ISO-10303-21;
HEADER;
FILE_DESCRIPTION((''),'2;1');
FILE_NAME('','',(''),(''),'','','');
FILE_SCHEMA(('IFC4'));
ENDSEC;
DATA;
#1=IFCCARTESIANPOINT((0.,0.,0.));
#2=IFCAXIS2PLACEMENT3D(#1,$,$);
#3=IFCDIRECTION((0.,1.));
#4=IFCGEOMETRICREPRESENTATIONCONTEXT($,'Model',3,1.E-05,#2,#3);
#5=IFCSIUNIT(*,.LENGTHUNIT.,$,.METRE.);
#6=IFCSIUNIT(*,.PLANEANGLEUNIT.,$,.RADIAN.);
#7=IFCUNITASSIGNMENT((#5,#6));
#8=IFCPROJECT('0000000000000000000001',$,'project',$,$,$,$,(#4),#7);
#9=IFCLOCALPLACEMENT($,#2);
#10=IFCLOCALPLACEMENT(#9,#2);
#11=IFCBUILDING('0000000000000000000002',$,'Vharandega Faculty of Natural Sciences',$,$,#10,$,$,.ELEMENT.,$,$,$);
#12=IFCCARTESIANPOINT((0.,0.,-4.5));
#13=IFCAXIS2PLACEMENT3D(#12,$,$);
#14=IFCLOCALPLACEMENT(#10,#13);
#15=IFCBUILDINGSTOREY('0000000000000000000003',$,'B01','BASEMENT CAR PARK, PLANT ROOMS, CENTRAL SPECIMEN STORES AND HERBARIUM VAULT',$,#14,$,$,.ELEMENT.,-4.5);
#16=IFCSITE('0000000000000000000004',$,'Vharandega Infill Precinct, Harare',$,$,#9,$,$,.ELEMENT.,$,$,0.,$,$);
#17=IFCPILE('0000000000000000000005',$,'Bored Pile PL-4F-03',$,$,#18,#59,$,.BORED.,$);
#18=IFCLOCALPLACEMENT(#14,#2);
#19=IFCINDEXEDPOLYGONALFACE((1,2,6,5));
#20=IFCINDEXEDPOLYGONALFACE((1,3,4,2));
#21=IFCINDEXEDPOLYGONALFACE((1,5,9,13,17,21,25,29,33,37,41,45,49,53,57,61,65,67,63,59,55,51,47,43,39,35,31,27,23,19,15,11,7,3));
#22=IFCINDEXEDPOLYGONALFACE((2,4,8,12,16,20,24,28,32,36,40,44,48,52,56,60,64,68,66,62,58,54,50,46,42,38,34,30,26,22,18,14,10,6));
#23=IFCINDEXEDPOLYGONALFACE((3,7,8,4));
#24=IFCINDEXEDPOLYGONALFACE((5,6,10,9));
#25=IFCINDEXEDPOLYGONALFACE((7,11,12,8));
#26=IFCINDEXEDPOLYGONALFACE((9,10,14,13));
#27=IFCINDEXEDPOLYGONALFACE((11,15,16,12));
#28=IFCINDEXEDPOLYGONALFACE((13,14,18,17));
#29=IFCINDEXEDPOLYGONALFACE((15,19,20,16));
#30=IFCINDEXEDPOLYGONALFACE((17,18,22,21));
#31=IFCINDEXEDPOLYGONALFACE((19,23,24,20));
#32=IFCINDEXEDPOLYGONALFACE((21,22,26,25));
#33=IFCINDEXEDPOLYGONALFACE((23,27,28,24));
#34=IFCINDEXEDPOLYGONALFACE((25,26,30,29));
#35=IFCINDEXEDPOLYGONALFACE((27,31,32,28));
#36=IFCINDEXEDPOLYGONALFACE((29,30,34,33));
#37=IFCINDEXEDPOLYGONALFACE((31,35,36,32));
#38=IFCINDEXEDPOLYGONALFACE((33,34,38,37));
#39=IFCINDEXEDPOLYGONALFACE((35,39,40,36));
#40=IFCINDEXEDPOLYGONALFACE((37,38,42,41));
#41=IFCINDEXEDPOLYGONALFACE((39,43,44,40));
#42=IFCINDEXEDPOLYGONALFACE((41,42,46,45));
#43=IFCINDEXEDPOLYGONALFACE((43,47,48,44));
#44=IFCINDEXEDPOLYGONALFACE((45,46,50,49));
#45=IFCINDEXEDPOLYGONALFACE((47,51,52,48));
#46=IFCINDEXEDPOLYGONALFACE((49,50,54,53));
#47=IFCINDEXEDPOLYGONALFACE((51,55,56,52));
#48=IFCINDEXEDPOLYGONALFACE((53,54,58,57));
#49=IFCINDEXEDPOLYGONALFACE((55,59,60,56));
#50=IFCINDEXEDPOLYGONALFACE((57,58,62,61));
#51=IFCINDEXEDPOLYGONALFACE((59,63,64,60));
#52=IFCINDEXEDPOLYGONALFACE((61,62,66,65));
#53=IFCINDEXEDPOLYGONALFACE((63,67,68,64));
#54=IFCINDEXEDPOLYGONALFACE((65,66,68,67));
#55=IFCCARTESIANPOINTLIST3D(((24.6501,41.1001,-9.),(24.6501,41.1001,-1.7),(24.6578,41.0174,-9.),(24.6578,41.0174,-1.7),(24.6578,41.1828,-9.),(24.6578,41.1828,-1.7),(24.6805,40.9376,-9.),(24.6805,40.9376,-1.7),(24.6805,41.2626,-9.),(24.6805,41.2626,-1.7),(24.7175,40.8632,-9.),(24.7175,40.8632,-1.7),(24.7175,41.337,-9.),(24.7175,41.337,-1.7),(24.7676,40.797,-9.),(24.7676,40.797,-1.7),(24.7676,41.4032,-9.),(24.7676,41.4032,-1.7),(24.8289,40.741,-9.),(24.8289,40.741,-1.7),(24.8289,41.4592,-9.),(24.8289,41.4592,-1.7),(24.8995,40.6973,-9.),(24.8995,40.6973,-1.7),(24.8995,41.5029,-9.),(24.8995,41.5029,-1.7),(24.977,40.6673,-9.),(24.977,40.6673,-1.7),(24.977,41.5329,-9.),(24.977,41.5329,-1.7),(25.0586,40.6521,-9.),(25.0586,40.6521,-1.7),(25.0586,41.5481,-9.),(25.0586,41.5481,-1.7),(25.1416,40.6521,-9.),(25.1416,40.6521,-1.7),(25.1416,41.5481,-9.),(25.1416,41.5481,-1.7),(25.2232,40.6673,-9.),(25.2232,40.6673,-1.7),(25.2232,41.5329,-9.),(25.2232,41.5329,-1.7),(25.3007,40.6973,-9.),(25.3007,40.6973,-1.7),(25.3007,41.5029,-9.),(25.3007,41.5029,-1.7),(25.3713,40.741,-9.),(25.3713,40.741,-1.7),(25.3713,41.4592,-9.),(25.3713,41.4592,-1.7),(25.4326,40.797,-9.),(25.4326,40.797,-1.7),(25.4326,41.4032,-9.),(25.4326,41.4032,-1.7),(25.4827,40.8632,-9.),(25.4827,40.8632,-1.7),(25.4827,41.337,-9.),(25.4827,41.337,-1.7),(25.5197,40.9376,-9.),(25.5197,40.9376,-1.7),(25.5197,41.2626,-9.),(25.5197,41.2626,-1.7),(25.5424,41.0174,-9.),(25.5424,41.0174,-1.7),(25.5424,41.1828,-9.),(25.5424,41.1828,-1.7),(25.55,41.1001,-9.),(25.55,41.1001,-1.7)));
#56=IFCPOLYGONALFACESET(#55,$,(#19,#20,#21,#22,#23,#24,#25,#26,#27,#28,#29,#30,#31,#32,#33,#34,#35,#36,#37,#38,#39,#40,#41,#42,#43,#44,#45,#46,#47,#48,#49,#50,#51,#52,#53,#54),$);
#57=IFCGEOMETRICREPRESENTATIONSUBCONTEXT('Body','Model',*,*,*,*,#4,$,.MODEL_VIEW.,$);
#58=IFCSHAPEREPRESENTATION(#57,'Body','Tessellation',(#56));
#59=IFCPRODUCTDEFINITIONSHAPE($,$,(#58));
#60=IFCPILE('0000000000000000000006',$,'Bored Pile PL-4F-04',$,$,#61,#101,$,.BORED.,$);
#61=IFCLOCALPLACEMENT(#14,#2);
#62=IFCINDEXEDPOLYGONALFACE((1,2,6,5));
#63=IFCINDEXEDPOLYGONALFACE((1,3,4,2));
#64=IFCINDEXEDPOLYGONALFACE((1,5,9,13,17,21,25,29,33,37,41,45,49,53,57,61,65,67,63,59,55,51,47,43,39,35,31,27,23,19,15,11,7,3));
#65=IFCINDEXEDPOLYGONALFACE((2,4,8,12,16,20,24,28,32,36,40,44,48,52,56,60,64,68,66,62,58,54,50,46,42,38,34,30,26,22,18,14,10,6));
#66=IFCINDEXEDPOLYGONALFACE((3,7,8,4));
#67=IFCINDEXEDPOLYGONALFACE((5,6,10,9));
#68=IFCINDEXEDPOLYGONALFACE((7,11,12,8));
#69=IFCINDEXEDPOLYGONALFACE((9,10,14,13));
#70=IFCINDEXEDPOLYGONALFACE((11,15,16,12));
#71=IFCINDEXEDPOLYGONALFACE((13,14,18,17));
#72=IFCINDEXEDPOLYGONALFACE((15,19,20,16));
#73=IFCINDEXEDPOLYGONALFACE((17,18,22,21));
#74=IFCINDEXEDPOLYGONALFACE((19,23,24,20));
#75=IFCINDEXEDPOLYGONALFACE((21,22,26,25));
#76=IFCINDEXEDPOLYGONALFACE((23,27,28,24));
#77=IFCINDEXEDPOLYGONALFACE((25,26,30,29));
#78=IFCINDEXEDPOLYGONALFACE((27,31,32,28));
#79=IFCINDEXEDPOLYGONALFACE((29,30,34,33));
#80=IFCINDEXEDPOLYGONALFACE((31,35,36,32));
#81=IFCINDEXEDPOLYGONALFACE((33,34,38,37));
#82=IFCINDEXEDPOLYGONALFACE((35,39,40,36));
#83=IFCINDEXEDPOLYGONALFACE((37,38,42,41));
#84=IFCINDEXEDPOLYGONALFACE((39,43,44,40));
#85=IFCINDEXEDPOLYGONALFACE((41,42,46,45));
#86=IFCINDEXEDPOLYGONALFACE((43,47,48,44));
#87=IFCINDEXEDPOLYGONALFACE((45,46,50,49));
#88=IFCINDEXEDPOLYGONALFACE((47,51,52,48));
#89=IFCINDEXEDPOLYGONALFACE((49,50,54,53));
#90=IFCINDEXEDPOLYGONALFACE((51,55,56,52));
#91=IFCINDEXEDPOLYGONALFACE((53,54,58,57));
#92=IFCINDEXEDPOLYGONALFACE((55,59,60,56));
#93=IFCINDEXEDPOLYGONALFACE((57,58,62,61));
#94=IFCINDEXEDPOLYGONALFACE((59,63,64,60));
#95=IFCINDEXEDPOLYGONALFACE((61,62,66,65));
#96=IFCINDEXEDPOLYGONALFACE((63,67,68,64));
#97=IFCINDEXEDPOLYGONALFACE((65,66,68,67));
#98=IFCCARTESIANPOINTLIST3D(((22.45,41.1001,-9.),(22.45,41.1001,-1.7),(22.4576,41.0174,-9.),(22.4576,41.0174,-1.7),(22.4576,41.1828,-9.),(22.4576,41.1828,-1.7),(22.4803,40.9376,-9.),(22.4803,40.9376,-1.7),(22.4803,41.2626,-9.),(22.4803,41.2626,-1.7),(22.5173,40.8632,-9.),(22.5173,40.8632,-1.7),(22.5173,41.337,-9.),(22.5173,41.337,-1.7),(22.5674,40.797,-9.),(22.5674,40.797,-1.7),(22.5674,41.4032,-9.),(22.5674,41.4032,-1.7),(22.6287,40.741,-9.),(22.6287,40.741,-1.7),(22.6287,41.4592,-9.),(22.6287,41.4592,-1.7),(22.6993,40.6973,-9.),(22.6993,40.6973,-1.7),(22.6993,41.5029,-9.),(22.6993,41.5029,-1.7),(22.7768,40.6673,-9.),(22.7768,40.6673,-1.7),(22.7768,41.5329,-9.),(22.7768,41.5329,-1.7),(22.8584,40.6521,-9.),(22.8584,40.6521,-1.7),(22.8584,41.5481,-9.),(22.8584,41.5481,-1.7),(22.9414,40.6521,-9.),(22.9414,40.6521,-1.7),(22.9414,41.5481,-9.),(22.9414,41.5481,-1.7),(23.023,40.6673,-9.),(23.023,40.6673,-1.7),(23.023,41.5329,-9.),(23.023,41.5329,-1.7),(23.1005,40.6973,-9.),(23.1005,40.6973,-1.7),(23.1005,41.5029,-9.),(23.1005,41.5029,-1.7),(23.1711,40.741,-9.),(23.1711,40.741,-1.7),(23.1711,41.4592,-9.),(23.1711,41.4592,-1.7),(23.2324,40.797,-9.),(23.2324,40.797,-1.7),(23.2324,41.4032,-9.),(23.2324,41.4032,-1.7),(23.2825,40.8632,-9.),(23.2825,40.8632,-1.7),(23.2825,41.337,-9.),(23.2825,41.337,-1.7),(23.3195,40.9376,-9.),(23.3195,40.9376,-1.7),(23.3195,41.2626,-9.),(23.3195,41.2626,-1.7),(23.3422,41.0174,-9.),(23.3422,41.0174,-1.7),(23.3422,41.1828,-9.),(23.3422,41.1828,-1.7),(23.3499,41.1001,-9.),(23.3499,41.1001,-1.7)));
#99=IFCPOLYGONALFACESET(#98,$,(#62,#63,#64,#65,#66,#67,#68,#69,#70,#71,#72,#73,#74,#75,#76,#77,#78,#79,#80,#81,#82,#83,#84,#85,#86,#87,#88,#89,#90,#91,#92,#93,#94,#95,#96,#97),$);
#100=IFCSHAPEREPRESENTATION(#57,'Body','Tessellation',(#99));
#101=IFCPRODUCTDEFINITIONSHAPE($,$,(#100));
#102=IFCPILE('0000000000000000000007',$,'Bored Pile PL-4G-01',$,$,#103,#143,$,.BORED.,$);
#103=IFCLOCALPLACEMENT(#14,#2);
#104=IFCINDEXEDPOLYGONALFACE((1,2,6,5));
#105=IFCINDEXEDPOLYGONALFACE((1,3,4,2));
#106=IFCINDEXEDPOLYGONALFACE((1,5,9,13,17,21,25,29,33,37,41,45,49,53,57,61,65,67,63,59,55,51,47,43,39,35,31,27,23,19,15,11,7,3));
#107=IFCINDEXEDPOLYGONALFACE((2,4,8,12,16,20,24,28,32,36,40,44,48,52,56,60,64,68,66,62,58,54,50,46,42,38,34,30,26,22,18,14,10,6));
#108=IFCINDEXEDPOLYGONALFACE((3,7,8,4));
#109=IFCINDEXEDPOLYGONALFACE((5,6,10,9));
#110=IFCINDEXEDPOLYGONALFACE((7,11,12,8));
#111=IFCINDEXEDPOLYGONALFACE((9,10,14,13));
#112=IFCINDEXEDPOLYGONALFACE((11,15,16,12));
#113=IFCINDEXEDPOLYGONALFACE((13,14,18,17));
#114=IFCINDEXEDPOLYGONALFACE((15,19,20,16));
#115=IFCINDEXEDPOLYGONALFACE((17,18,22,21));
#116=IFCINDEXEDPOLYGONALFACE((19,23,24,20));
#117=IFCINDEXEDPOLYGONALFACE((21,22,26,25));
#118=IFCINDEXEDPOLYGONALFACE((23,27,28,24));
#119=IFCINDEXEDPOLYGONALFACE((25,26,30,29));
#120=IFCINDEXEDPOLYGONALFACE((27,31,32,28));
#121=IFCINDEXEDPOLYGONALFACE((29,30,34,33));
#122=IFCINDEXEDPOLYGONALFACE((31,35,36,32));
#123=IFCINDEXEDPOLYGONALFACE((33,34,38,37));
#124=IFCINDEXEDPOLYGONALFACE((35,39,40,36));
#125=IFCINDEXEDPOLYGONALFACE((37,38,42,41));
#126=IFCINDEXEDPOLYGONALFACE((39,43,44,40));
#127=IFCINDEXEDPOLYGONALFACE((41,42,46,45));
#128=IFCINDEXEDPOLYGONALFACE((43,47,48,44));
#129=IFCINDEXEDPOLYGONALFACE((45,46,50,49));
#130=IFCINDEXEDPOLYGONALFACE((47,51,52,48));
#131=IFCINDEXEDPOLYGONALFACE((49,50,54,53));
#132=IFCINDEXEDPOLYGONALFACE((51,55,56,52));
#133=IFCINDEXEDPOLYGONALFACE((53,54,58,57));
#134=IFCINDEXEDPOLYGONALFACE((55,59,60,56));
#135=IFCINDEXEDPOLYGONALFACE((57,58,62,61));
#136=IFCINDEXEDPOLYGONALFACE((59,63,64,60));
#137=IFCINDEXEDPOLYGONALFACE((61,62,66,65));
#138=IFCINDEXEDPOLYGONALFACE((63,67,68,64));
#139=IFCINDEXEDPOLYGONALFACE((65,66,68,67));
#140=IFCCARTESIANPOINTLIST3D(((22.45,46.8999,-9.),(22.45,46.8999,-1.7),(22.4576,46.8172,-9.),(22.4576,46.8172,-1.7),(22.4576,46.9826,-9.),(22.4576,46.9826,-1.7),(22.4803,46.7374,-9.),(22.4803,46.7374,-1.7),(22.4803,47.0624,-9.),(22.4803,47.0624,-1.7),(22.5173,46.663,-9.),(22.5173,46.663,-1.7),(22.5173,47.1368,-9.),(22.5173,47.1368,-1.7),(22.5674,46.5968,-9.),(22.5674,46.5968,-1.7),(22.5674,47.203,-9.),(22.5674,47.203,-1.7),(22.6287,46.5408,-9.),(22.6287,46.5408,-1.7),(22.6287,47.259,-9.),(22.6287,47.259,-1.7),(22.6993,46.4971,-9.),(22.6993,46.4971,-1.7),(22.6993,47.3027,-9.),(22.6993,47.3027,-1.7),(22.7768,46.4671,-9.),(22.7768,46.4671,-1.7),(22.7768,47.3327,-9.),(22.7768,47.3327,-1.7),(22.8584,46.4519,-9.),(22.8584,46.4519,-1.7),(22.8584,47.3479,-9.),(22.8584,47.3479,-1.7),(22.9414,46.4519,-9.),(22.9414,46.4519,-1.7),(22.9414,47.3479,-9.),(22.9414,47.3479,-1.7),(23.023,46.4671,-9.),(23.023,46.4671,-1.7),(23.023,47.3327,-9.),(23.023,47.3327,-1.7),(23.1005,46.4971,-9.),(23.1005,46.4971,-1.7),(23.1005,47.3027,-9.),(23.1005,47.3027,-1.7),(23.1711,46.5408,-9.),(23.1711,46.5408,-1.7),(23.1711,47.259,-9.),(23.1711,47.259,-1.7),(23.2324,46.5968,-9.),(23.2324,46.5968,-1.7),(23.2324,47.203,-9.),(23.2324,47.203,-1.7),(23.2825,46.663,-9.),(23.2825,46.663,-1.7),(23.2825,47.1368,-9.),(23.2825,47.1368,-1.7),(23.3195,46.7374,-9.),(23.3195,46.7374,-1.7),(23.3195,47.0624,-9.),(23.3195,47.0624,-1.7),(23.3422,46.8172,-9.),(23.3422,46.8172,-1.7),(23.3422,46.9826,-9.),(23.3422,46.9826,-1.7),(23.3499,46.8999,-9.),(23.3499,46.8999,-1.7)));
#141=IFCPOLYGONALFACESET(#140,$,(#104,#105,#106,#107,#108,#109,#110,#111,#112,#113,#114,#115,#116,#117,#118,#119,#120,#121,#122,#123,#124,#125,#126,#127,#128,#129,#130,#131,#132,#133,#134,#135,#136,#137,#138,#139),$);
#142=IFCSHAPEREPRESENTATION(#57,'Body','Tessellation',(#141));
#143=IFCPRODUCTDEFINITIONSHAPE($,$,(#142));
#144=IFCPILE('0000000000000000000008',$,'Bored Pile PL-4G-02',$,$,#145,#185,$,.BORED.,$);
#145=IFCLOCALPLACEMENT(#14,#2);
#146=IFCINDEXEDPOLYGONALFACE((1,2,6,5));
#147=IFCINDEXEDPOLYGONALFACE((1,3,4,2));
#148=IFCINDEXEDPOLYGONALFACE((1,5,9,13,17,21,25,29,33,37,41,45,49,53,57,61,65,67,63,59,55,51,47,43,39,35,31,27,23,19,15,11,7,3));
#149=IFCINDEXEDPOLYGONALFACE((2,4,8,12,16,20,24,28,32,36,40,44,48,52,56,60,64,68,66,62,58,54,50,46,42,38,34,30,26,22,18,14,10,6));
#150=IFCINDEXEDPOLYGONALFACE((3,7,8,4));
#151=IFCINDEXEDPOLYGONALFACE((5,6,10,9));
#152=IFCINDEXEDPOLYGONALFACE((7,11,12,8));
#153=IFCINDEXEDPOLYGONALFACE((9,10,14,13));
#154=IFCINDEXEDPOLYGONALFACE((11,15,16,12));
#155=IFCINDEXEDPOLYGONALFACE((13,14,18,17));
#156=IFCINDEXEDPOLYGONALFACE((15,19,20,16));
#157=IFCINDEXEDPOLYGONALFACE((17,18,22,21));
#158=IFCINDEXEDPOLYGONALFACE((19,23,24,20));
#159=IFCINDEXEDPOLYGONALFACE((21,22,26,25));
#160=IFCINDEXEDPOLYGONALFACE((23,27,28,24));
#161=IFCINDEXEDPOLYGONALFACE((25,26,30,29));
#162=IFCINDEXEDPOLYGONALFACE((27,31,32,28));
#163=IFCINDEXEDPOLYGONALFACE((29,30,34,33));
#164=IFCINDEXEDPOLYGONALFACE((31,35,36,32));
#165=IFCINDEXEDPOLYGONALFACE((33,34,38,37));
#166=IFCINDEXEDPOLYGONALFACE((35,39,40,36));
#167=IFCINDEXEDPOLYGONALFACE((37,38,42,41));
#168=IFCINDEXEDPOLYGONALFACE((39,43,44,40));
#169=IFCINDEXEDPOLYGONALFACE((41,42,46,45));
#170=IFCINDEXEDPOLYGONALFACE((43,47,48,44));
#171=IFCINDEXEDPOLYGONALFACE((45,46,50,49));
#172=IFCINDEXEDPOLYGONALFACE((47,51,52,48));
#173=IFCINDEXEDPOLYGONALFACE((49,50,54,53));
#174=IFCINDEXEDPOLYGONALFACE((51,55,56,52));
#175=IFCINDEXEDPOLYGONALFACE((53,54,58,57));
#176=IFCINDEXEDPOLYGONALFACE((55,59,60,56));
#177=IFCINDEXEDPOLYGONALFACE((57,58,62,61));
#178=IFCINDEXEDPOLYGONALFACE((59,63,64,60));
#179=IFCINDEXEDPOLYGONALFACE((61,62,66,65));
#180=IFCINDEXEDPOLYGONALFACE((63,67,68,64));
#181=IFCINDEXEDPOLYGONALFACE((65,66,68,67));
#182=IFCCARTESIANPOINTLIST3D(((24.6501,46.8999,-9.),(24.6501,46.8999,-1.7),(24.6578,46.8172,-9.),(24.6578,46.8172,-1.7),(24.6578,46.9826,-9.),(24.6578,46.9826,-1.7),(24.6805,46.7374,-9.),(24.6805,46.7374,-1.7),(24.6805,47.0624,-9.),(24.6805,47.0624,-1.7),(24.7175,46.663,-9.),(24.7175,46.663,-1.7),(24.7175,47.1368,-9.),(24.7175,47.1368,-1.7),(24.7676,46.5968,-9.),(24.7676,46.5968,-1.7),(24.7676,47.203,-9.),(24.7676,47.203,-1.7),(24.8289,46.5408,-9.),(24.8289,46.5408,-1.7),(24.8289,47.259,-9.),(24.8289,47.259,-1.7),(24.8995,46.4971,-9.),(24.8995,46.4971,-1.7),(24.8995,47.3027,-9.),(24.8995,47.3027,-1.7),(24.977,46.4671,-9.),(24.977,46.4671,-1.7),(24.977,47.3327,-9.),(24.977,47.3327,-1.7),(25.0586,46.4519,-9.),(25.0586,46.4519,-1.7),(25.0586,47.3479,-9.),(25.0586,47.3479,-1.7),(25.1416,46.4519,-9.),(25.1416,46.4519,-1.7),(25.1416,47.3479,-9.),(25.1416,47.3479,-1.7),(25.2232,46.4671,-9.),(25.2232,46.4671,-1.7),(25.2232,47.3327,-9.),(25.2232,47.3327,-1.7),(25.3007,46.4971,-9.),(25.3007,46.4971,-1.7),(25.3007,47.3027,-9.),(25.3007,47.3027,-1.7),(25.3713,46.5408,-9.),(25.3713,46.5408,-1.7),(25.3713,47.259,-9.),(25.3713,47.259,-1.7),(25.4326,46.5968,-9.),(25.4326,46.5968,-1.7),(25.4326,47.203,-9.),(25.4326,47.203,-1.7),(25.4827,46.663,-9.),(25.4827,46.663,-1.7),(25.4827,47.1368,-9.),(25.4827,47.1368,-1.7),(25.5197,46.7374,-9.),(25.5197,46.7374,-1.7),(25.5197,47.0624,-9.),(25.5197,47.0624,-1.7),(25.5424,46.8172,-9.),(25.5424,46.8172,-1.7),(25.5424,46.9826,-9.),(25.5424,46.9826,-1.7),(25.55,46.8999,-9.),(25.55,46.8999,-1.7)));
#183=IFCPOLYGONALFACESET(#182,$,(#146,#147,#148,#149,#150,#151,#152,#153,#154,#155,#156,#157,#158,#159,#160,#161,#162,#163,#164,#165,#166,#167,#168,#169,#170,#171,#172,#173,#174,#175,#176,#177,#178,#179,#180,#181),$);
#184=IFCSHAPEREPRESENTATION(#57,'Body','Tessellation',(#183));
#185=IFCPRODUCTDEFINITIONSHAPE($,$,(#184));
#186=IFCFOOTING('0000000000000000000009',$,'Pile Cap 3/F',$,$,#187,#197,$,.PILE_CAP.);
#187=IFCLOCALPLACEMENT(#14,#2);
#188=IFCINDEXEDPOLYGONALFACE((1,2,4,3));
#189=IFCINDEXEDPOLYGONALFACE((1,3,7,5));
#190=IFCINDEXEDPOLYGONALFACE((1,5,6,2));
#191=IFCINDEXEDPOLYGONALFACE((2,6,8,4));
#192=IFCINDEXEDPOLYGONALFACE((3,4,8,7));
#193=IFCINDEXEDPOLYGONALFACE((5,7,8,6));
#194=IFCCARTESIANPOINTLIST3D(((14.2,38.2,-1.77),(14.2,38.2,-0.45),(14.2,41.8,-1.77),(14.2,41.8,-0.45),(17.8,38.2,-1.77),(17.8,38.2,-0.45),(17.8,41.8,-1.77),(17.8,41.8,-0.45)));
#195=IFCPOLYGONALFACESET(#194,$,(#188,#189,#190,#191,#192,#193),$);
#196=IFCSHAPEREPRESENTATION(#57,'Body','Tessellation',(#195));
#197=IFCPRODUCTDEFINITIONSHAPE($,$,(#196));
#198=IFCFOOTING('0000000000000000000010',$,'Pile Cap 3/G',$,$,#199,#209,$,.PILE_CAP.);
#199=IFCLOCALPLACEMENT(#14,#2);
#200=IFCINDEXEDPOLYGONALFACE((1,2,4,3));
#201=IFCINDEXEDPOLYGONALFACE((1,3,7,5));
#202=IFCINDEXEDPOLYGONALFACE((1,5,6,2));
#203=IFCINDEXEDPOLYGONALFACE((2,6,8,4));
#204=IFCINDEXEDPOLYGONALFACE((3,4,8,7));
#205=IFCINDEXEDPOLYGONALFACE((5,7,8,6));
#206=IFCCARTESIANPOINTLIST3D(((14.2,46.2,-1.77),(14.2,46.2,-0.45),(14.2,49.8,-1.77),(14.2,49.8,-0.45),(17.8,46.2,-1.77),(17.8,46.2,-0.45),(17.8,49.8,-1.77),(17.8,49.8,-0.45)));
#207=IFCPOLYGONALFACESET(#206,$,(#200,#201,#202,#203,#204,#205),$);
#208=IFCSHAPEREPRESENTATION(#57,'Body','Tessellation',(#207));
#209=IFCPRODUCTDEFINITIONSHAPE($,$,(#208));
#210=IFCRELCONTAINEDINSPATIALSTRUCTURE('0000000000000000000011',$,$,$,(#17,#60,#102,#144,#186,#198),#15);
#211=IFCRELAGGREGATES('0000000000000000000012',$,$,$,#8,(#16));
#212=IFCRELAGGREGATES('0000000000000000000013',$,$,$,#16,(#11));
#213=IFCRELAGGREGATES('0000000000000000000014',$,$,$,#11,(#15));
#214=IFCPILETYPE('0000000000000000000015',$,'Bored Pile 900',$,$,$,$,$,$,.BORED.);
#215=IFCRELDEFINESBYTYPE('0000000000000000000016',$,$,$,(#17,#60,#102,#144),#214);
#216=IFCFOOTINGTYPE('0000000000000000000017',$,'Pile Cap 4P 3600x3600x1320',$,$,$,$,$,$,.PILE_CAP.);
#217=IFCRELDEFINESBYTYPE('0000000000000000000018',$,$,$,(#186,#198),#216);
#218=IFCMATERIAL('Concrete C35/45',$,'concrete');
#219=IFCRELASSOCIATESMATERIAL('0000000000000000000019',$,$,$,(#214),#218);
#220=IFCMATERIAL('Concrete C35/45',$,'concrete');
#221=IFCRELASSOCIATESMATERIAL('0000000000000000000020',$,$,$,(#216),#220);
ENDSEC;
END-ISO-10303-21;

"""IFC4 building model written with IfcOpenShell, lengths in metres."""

from ifc_helpers import new_model, si_unit, direction, frame, origin, origin_2d, place, context, subcontext, project, spatial, rectangle, circle, extrude, material, material_profile, profile_set, type_object, element, save


model = new_model("IFC4")

# Units and contexts
model_context = context("Model", 3, precision=1e-05, world=origin(), true_north=direction((0.0, 1.0)))
body_context = subcontext(model_context, "Body", "Model", "MODEL_VIEW")
ifc_project = project(units=[si_unit("LENGTHUNIT", "METRE"), si_unit("PLANEANGLEUNIT", "RADIAN")], contexts=[model_context])

# Site, building, storey
site_placement = place(None, origin())
site = spatial("IfcSite", under=ifc_project, at=site_placement, Name="Vharandega Infill Precinct, Harare", CompositionType="ELEMENT", RefElevation=0.0)
building_placement = place(site_placement, origin())
building = spatial("IfcBuilding", under=site, at=building_placement, Name="Vharandega Faculty of Natural Sciences", CompositionType="ELEMENT")
storey_placement = place(building_placement, frame((0.0, 0.0, -4.5)))
storey = spatial("IfcBuildingStorey", under=building, at=storey_placement, Name="B01", Description="BASEMENT CAR PARK, PLANT ROOMS, CENTRAL SPECIMEN STORES AND HERBARIUM VAULT", CompositionType="ELEMENT", Elevation=-4.5)

# Piles
ifc_material_1 = material(Name="Concrete C35/45", Category="concrete")
ifc_material_profile_1 = material_profile(ifc_material_1, circle(Radius=0.45, at=origin_2d()), Name="PILE 900")
ifc_profile_set_1 = profile_set([ifc_material_profile_1], Name="Concrete C35/45")
pile_type = type_object("IfcPileType", Name="Bored Pile 900", PredefinedType="BORED", material=ifc_profile_set_1)
for number, where, z_axis, x_axis, name in (
    (1, (25.1001, 41.1001, -1.7), (0.0, 0.0, -1.0), (1.0, 0.0, 0.0), "Bored Pile PL-4F-03"),
    (2, (22.8999, 41.1001, -1.7), (0.0, 0.0, -1.0), (1.0, 0.0, 0.0), "Bored Pile PL-4F-04"),
    (3, (22.8999, 46.8999, -1.7), (0.0, 0.0, -1.0), (1.0, 0.0, 0.0), "Bored Pile PL-4G-01"),
    (4, (25.1001, 46.8999, -1.7), (0.0, 0.0, -1.0), (1.0, 0.0, 0.0), "Bored Pile PL-4G-02"),
):
    element("IfcPile", number, at=place(storey_placement, frame(where, z_axis=z_axis, x_axis=x_axis)), inside=storey, type_object=pile_type, Name=name, PredefinedType="BORED", context=body_context, shape_type="SweptSolid", body=[
        extrude(circle(Radius=0.45, at=origin_2d()), origin(), (0.0, 0.0, 1.0), 7.3),
    ])

# Footings
ifc_material_2 = material(Name="Concrete C35/45", Category="concrete")
footing_type_1 = type_object("IfcFootingType", Name="Pile Cap 4P 3600x3600x1320", PredefinedType="PILE_CAP", material=ifc_material_2)
for number, where, z_axis, x_axis, name in (
    (5, (16.0, 40.0, -1.77), (0.0, 0.0, 1.0), (1.0, 0.0, 0.0), "Pile Cap 3/F"),
    (6, (16.0, 48.0, -1.77), (0.0, 0.0, 1.0), (1.0, 0.0, 0.0), "Pile Cap 3/G"),
):
    element("IfcFooting", number, at=place(storey_placement, frame(where, z_axis=z_axis, x_axis=x_axis)), inside=storey, type_object=footing_type_1, Name=name, PredefinedType="PILE_CAP", context=body_context, shape_type="SweptSolid", body=[
        extrude(rectangle(XDim=3.6001, YDim=3.6001, at=origin_2d()), origin(), (0.0, 0.0, 1.0), 1.3201),
    ])

save(model, "model.ifc")
